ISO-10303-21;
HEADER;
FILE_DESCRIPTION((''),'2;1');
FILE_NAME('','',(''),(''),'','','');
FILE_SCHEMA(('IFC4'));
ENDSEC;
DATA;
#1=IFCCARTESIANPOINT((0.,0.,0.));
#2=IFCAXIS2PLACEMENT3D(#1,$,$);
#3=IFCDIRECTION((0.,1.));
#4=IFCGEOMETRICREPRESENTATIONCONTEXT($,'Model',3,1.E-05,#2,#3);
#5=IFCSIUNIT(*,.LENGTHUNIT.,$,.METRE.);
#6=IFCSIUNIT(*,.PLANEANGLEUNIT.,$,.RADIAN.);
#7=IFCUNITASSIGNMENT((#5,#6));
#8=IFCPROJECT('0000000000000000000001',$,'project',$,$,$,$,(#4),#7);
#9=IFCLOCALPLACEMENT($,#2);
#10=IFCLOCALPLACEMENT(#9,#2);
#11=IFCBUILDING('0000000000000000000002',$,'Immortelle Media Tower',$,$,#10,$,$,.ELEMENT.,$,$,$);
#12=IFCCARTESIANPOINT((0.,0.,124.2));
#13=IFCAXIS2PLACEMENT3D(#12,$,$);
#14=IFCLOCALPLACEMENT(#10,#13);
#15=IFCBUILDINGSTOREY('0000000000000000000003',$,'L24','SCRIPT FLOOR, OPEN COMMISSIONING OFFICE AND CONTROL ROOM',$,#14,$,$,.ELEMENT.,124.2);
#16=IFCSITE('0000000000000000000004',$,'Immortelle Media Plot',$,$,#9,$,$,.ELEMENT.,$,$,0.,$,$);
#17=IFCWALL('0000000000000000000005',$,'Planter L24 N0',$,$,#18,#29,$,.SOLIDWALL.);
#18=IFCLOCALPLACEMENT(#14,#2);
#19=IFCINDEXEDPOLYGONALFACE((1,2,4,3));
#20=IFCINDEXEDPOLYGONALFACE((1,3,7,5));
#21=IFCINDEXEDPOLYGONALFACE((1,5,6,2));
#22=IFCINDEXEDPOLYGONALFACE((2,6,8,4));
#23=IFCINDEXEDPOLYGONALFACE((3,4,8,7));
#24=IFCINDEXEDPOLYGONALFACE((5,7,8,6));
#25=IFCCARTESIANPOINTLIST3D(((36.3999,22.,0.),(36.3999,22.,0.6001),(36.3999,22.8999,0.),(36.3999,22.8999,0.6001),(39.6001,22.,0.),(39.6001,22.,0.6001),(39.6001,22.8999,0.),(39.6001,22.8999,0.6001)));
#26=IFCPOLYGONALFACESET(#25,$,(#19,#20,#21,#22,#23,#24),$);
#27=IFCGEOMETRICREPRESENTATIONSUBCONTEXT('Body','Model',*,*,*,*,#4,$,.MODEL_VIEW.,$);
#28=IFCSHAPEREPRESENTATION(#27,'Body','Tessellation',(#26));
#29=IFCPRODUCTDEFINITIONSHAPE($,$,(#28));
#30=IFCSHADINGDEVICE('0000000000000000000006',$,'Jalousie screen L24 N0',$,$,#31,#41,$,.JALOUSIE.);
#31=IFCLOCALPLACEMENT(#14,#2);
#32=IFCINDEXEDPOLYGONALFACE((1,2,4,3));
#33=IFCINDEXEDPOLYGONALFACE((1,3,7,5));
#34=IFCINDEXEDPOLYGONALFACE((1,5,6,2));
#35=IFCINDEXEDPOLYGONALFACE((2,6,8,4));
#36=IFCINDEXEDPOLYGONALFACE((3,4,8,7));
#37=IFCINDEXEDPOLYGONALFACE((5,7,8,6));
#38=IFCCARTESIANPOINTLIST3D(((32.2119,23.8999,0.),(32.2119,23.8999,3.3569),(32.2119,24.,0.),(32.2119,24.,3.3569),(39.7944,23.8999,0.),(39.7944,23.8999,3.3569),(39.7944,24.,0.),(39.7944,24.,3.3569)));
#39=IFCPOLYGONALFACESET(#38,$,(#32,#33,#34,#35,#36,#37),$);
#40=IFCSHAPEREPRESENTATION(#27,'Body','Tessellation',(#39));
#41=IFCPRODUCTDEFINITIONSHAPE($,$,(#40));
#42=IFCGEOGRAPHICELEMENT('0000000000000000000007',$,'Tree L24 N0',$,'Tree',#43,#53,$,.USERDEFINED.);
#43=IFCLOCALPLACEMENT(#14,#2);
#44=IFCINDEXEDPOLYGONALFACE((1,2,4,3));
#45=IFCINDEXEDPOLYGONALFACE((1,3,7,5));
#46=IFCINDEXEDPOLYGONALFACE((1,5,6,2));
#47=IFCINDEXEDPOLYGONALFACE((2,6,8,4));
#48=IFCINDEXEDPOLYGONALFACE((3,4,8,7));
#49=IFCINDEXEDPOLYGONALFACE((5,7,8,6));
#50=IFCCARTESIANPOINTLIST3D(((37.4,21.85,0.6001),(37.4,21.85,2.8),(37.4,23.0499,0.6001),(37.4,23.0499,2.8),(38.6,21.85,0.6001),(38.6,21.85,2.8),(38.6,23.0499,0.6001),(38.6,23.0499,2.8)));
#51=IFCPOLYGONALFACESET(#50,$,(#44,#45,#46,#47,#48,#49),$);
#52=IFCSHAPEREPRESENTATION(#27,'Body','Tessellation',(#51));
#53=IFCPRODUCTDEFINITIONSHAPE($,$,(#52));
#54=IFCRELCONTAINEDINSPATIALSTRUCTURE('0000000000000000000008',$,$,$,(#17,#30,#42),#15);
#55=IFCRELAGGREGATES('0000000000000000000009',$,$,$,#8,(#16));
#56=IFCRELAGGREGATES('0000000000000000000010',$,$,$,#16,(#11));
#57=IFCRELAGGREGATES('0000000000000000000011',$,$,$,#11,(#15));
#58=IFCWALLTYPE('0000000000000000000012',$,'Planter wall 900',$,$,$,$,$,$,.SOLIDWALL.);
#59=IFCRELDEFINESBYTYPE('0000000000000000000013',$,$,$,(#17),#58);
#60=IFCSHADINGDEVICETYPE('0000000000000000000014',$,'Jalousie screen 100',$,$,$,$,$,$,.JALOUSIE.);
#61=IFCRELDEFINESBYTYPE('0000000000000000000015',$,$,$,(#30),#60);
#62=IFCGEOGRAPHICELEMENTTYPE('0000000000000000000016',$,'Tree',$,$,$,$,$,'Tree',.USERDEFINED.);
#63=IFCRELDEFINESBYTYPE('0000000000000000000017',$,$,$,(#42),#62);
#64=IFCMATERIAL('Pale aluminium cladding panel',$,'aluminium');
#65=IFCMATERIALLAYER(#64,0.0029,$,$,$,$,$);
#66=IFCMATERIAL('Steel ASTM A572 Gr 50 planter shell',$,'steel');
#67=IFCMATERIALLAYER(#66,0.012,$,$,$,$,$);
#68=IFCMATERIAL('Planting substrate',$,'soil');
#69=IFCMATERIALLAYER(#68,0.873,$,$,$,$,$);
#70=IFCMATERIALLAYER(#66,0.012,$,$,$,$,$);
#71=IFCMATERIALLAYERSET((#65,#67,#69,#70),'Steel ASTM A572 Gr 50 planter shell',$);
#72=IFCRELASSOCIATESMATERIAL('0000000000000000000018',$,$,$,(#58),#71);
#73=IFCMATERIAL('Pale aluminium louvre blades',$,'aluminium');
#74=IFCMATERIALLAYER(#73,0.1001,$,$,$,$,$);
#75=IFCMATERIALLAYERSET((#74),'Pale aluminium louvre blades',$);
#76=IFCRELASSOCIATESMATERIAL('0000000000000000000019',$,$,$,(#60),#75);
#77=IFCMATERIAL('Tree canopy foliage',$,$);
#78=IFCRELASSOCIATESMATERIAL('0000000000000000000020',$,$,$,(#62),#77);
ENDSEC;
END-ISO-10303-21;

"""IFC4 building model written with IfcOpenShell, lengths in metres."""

from ifc_helpers import new_model, si_unit, direction, frame, frame_2d, origin, origin_2d, place, context, subcontext, project, spatial, rectangle, extrude, material, layer, layer_set, type_object, element, save


model = new_model("IFC4")

# Units and contexts
model_context = context("Model", 3, precision=1e-05, world=origin(), true_north=direction((0.0, 1.0)))
body_context = subcontext(model_context, "Body", "Model", "MODEL_VIEW")
ifc_project = project(units=[si_unit("LENGTHUNIT", "METRE"), si_unit("PLANEANGLEUNIT", "RADIAN")], contexts=[model_context])

# Site, building, storey
site_placement = place(None, origin())
site = spatial("IfcSite", under=ifc_project, at=site_placement, Name="Immortelle Media Plot", CompositionType="ELEMENT", RefElevation=0.0)
building_placement = place(site_placement, origin())
building = spatial("IfcBuilding", under=site, at=building_placement, Name="Immortelle Media Tower", CompositionType="ELEMENT")
storey_placement = place(building_placement, frame((0.0, 0.0, 124.2)))
storey = spatial("IfcBuildingStorey", under=building, at=storey_placement, Name="L24", Description="SCRIPT FLOOR, OPEN COMMISSIONING OFFICE AND CONTROL ROOM", CompositionType="ELEMENT", Elevation=124.2)

# Shared definitions
ifc_material_1 = material(Name="Pale aluminium cladding panel", Category="aluminium")

# Wall
ifc_layer_1 = layer(ifc_material_1, 0.0029)
ifc_material_2 = material(Name="Steel ASTM A572 Gr 50 planter shell", Category="steel")
ifc_layer_2 = layer(ifc_material_2, 0.012)
ifc_material_3 = material(Name="Planting substrate", Category="soil")
ifc_layer_3 = layer(ifc_material_3, 0.873)
ifc_layer_4 = layer(ifc_material_2, 0.012)
ifc_layer_set_1 = layer_set([ifc_layer_1, ifc_layer_2, ifc_layer_3, ifc_layer_4], Name="Steel ASTM A572 Gr 50 planter shell")
wall_type_1 = type_object("IfcWallType", Name="Planter wall 900", PredefinedType="SOLIDWALL", material=ifc_layer_set_1)
wall_1_placement = place(storey_placement, frame((39.6001, 22.45, 0.0), z_axis=(0.0, 0.0, 1.0), x_axis=(-1.0, 0.0, 0.0)))
element("IfcWall", 1, at=wall_1_placement, inside=storey, type_object=wall_type_1, Name="Planter L24 N0", PredefinedType="SOLIDWALL", context=body_context, shape_type="SweptSolid", body=[
    extrude(rectangle(XDim=3.2002, YDim=0.8999, at=frame_2d((1.6001, 0.0))), origin(), (0.0, 0.0, 1.0), 0.6001),
])

# Shading device
ifc_material_4 = material(Name="Pale aluminium louvre blades", Category="aluminium")
ifc_layer_5 = layer(ifc_material_4, 0.1001)
ifc_layer_set_2 = layer_set([ifc_layer_5], Name="Pale aluminium louvre blades")
shading_device_type = type_object("IfcShadingDeviceType", Name="Jalousie screen 100", PredefinedType="JALOUSIE", material=ifc_layer_set_2)
shading_device_placement = place(storey_placement, frame((36.0032, 23.95, 0.0), z_axis=(0.0, 0.0, 1.0), x_axis=(-1.0, 0.0, 0.0)))
element("IfcShadingDevice", 2, at=shading_device_placement, inside=storey, type_object=shading_device_type, Name="Jalousie screen L24 N0", PredefinedType="JALOUSIE", context=body_context, shape_type="SweptSolid", body=[
    extrude(rectangle(XDim=7.5825, YDim=0.1001, at=origin_2d()), origin(), (0.0, 0.0, 1.0), 3.3569),
])

# Geographic element
ifc_material_5 = material(Name="Tree canopy foliage")
geographic_element_type = type_object("IfcGeographicElementType", Name="Tree", ElementType="Tree", PredefinedType="USERDEFINED", material=ifc_material_5)
geographic_element_placement = place(storey_placement, frame((38.0, 22.45, 0.6001), z_axis=(0.0, 0.0, 1.0), x_axis=(1.0, 0.0, 0.0)))
element("IfcGeographicElement", 3, at=geographic_element_placement, inside=storey, type_object=geographic_element_type, Name="Tree L24 N0", ObjectType="Tree", PredefinedType="USERDEFINED", context=body_context, shape_type="SweptSolid", body=[
    extrude(rectangle(XDim=1.2, YDim=1.2, at=origin_2d()), origin(), (0.0, 0.0, 1.0), 2.2),
])

save(model, "model.ifc")
